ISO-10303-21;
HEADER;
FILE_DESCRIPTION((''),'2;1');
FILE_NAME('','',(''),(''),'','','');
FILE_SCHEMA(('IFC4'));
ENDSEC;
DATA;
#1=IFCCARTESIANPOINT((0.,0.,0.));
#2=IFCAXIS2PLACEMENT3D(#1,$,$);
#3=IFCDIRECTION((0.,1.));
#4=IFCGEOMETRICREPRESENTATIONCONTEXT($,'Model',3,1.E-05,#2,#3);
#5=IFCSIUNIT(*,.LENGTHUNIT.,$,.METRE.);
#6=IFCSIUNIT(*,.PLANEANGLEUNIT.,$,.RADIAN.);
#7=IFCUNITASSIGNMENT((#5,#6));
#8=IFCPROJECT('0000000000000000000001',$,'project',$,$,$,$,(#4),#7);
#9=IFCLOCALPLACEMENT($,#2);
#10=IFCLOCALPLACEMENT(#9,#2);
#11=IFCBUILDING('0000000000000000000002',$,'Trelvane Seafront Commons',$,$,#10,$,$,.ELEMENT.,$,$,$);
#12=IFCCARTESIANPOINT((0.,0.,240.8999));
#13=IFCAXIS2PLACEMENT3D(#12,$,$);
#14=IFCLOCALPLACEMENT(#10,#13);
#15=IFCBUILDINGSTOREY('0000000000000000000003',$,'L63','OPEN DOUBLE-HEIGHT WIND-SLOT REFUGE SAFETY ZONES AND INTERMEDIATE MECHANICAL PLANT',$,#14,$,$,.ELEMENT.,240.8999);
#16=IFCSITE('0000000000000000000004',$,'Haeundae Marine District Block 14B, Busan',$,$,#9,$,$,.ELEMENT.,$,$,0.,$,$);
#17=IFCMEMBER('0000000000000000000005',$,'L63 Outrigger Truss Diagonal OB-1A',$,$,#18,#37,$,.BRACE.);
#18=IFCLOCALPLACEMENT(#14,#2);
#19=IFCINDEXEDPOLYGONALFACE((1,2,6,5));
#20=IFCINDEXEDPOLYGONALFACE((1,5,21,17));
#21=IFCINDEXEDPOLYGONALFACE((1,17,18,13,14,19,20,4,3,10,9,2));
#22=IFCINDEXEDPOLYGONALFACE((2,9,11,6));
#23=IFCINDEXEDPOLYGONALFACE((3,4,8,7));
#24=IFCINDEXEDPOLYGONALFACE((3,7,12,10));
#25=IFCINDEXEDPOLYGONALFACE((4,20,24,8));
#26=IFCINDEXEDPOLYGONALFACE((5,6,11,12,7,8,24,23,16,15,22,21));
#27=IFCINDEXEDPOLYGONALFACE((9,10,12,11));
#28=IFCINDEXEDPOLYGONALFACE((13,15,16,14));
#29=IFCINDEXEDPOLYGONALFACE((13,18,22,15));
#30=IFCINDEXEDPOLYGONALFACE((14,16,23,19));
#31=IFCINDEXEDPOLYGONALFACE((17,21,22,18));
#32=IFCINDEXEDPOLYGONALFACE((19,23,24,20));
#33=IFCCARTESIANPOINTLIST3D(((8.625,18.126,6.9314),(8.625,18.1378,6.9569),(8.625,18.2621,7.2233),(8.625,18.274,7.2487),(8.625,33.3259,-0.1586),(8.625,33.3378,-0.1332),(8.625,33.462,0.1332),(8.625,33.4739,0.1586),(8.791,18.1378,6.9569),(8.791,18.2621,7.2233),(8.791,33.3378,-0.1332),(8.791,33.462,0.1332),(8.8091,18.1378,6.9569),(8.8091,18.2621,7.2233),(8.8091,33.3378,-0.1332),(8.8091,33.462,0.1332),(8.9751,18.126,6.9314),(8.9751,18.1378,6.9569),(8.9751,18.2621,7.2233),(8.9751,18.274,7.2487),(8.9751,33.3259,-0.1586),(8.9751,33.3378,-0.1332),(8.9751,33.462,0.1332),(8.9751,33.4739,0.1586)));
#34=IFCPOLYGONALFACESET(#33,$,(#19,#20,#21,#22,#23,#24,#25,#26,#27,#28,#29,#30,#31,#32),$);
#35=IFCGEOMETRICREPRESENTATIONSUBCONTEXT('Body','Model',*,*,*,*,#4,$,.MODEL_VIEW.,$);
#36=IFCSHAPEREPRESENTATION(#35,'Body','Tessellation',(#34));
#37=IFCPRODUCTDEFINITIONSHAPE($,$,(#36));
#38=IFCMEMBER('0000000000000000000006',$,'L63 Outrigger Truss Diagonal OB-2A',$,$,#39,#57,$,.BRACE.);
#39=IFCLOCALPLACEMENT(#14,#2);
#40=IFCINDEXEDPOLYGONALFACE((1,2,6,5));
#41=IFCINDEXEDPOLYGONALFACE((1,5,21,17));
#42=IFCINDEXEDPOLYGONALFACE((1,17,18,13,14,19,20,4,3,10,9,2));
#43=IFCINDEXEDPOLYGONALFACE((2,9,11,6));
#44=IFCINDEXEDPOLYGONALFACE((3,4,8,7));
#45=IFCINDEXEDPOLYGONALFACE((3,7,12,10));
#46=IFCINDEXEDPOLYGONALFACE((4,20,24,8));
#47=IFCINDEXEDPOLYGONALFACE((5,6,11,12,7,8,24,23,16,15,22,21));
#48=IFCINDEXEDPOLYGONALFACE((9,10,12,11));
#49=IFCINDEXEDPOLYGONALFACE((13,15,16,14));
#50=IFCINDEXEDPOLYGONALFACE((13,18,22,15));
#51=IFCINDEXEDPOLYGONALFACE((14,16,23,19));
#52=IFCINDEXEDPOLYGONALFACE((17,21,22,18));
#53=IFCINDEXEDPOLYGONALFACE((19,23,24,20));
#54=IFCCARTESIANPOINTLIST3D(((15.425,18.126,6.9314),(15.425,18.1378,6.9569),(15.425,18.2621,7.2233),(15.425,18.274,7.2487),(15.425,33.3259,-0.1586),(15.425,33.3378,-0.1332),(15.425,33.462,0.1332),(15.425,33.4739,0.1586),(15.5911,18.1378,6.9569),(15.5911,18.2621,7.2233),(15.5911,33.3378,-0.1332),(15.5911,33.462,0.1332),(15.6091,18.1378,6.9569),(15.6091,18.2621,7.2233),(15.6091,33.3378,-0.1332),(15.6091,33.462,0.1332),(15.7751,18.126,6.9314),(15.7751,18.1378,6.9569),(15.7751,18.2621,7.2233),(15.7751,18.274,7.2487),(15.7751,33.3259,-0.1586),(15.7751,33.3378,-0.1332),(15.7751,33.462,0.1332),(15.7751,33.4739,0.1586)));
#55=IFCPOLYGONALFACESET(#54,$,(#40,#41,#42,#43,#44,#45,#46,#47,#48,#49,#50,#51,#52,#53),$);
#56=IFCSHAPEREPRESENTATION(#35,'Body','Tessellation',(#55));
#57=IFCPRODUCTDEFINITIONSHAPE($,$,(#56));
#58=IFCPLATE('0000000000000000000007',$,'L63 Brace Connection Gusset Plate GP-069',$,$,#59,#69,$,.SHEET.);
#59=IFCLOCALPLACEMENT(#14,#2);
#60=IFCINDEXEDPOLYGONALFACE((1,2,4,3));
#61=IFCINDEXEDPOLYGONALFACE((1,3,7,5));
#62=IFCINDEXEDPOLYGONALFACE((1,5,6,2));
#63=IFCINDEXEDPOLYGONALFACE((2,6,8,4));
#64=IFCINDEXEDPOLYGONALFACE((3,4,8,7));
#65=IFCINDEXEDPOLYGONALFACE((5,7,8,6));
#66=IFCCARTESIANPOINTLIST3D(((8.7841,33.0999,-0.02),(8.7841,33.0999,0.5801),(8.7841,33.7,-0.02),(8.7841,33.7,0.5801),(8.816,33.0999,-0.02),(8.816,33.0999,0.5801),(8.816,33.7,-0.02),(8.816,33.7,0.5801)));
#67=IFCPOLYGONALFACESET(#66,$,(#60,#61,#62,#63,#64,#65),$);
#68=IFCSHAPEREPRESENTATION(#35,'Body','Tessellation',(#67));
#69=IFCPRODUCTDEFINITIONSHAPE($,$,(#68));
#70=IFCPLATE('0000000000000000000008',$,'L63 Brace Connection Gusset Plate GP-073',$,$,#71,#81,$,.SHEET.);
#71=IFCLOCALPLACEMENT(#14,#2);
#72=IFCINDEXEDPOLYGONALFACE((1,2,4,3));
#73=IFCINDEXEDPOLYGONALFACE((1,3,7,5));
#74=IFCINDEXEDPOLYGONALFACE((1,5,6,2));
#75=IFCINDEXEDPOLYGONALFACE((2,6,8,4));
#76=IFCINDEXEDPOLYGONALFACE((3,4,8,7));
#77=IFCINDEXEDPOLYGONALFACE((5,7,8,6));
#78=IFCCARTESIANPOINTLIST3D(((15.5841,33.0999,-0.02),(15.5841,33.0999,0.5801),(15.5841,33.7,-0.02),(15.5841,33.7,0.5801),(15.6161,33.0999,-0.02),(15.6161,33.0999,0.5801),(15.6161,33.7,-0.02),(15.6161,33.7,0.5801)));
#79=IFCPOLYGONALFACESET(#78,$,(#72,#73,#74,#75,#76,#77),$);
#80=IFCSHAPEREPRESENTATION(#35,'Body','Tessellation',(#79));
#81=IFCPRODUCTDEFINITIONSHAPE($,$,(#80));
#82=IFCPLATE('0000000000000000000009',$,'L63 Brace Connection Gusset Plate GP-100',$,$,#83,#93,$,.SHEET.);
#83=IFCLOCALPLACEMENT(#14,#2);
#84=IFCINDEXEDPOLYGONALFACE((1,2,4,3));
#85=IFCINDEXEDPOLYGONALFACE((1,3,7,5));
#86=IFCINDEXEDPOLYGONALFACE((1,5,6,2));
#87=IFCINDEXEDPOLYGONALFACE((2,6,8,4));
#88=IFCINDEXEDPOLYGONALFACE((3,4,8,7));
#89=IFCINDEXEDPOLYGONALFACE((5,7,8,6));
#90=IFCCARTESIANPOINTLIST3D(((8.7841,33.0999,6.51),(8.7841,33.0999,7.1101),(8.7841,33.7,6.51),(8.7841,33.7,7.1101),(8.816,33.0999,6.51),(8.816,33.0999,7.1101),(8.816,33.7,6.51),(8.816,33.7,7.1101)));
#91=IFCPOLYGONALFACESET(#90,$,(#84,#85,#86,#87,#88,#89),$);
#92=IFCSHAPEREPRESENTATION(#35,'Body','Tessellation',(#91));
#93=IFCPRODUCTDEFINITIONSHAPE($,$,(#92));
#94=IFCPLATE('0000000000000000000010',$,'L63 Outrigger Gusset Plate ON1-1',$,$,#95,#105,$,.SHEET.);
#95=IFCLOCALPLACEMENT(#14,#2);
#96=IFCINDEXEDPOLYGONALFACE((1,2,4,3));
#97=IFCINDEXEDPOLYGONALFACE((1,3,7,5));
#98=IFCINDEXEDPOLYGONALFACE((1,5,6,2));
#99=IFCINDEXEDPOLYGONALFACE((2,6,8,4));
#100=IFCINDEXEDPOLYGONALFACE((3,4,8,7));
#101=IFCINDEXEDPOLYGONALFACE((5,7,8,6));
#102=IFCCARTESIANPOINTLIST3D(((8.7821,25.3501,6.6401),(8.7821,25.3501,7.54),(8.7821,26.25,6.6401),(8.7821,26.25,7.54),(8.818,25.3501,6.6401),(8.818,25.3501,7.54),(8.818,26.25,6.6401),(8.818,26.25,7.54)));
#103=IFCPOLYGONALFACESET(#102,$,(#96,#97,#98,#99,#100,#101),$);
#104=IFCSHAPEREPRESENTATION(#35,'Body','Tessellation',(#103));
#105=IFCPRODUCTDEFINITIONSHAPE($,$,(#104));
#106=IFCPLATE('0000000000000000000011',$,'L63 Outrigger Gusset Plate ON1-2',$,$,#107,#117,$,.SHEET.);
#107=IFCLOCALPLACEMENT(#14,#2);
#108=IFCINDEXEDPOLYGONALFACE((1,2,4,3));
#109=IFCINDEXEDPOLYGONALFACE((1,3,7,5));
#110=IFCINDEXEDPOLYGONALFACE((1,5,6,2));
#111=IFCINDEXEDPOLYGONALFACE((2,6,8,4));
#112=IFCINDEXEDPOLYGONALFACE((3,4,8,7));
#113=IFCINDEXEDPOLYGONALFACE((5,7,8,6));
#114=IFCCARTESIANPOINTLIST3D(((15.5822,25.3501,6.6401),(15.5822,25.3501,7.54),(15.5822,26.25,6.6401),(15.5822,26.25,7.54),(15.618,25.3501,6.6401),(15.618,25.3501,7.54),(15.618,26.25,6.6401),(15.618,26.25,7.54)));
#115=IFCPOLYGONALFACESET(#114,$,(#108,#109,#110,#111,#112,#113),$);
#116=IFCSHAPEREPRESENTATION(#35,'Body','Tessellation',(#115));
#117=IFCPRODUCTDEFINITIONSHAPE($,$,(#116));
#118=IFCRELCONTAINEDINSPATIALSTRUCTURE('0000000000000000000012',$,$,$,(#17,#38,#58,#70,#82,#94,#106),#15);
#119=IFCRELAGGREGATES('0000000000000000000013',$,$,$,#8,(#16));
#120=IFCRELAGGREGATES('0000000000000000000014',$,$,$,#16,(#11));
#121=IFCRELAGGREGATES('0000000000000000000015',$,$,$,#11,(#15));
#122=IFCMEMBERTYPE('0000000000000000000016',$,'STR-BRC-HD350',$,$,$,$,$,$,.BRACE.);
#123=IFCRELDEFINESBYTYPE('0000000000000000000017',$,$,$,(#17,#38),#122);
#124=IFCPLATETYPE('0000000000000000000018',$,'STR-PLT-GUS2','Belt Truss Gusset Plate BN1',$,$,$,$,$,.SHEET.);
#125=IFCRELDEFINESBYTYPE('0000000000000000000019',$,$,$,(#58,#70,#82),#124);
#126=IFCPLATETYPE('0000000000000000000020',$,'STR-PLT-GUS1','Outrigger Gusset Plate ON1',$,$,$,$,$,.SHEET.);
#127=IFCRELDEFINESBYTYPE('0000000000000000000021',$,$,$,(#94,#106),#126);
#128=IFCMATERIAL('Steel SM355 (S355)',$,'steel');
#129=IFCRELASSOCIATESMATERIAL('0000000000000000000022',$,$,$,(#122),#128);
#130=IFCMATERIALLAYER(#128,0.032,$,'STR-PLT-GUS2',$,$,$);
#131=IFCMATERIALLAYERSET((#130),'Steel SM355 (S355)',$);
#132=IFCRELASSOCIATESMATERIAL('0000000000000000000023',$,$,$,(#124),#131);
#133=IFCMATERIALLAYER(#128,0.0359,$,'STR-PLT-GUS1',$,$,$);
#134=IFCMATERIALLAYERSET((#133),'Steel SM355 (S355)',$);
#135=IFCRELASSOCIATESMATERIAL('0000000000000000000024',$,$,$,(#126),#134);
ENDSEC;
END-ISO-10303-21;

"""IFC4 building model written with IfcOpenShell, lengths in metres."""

from ifc_helpers import new_model, si_unit, direction, frame, origin, origin_2d, place, context, subcontext, project, spatial, rectangle, i_section, extrude, source, transform, mapped, material, layer, layer_set, material_profile, profile_set, type_object, element, save


model = new_model("IFC4")

# Units and contexts
model_context = context("Model", 3, precision=1e-05, world=origin(), true_north=direction((0.0, 1.0)))
body_context = subcontext(model_context, "Body", "Model", "MODEL_VIEW")
ifc_project = project(units=[si_unit("LENGTHUNIT", "METRE"), si_unit("PLANEANGLEUNIT", "RADIAN")], contexts=[model_context])

# Site, building, storey
site_placement = place(None, origin())
site = spatial("IfcSite", under=ifc_project, at=site_placement, Name="Haeundae Marine District Block 14B, Busan", CompositionType="ELEMENT", RefElevation=0.0)
building_placement = place(site_placement, origin())
building = spatial("IfcBuilding", under=site, at=building_placement, Name="Trelvane Seafront Commons", CompositionType="ELEMENT")
storey_placement = place(building_placement, frame((0.0, 0.0, 240.8999)))
storey = spatial("IfcBuildingStorey", under=building, at=storey_placement, Name="L63", Description="OPEN DOUBLE-HEIGHT WIND-SLOT REFUGE SAFETY ZONES AND INTERMEDIATE MECHANICAL PLANT", CompositionType="ELEMENT", Elevation=240.8999)

# Shared definitions
ifc_material_1 = material(Name="Steel SM355 (S355)", Category="steel")

# Members
ifc_material_profile_1 = material_profile(ifc_material_1, i_section(OverallWidth=0.3501, OverallDepth=0.3501, WebThickness=0.0181, FlangeThickness=0.0281, at=origin_2d()), Name="HD-350x350x18x28")
ifc_profile_set_1 = profile_set([ifc_material_profile_1], Name="Steel SM355 (S355)")
member_type = type_object("IfcMemberType", Name="STR-BRC-HD350", PredefinedType="BRACE", material=ifc_profile_set_1)
shared_shape_1 = source(origin(), body_context, "Body", "SweptSolid", [
    extrude(i_section(OverallWidth=0.3501, OverallDepth=0.3501, WebThickness=0.0181, FlangeThickness=0.0281, at=origin_2d()), origin(), (0.0, 0.0, 1.0), 16.7722),
])
for number, where, z_axis, x_axis, name in (
    (1, (8.8, 33.3999, 0.0), (0.0, -0.906257, 0.422728), (1.0, 0.0, 0.0), "L63 Outrigger Truss Diagonal OB-1A"),
    (2, (15.6001, 33.3999, 0.0), (0.0, -0.906257, 0.422728), (1.0, 0.0, 0.0), "L63 Outrigger Truss Diagonal OB-2A"),
):
    element("IfcMember", number, at=place(storey_placement, frame(where, z_axis=z_axis, x_axis=x_axis)), inside=storey, type_object=member_type, Name=name, PredefinedType="BRACE", context=body_context, shape_type="MappedRepresentation", body=[
        mapped(shared_shape_1, transform((0.0, 0.0, 0.0), x_axis=(1.0, 0.0, 0.0), y_axis=(0.0, 1.0, 0.0), z_axis=(0.0, 0.0, 1.0), scale=1.0)),
    ])

# Plates
ifc_layer_1 = layer(ifc_material_1, 0.032, Name="STR-PLT-GUS2")
ifc_layer_set_1 = layer_set([ifc_layer_1], Name="Steel SM355 (S355)")
plate_type_1 = type_object("IfcPlateType", Name="STR-PLT-GUS2", Description="Belt Truss Gusset Plate BN1", PredefinedType="SHEET", material=ifc_layer_set_1)
shared_shape_2 = source(origin(), body_context, "Body", "SweptSolid", [
    extrude(rectangle(XDim=0.032, YDim=0.6001, at=origin_2d()), origin(), (0.0, 0.0, 1.0), 0.6001),
])
for number, where, z_axis, x_axis, name in (
    (3, (8.8, 33.3999, -0.02), (0.0, 0.0, 1.0), (1.0, 0.0, 0.0), "L63 Brace Connection Gusset Plate GP-069"),
    (4, (15.6001, 33.3999, -0.02), (0.0, 0.0, 1.0), (1.0, 0.0, 0.0), "L63 Brace Connection Gusset Plate GP-073"),
    (5, (8.8, 33.3999, 6.51), (0.0, 0.0, 1.0), (1.0, 0.0, 0.0), "L63 Brace Connection Gusset Plate GP-100"),
):
    element("IfcPlate", number, at=place(storey_placement, frame(where, z_axis=z_axis, x_axis=x_axis)), inside=storey, type_object=plate_type_1, Name=name, PredefinedType="SHEET", context=body_context, shape_type="MappedRepresentation", body=[
        mapped(shared_shape_2, transform((0.0, 0.0, 0.0), x_axis=(1.0, 0.0, 0.0), y_axis=(0.0, 1.0, 0.0), z_axis=(0.0, 0.0, 1.0), scale=1.0)),
    ])
ifc_layer_2 = layer(ifc_material_1, 0.0359, Name="STR-PLT-GUS1")
ifc_layer_set_2 = layer_set([ifc_layer_2], Name="Steel SM355 (S355)")
plate_type_2 = type_object("IfcPlateType", Name="STR-PLT-GUS1", Description="Outrigger Gusset Plate ON1", PredefinedType="SHEET", material=ifc_layer_set_2)
shared_shape_3 = source(origin(), body_context, "Body", "SweptSolid", [
    extrude(rectangle(XDim=0.0359, YDim=0.8999, at=origin_2d()), origin(), (0.0, 0.0, 1.0), 0.8999),
])
for number, where, z_axis, x_axis, name in (
    (6, (8.8, 25.8, 6.6401), (0.0, 0.0, 1.0), (1.0, 0.0, 0.0), "L63 Outrigger Gusset Plate ON1-1"),
    (7, (15.6001, 25.8, 6.6401), (0.0, 0.0, 1.0), (1.0, 0.0, 0.0), "L63 Outrigger Gusset Plate ON1-2"),
):
    element("IfcPlate", number, at=place(storey_placement, frame(where, z_axis=z_axis, x_axis=x_axis)), inside=storey, type_object=plate_type_2, Name=name, PredefinedType="SHEET", context=body_context, shape_type="MappedRepresentation", body=[
        mapped(shared_shape_3, transform((0.0, 0.0, 0.0), x_axis=(1.0, 0.0, 0.0), y_axis=(0.0, 1.0, 0.0), z_axis=(0.0, 0.0, 1.0), scale=1.0)),
    ])

save(model, "model.ifc")
